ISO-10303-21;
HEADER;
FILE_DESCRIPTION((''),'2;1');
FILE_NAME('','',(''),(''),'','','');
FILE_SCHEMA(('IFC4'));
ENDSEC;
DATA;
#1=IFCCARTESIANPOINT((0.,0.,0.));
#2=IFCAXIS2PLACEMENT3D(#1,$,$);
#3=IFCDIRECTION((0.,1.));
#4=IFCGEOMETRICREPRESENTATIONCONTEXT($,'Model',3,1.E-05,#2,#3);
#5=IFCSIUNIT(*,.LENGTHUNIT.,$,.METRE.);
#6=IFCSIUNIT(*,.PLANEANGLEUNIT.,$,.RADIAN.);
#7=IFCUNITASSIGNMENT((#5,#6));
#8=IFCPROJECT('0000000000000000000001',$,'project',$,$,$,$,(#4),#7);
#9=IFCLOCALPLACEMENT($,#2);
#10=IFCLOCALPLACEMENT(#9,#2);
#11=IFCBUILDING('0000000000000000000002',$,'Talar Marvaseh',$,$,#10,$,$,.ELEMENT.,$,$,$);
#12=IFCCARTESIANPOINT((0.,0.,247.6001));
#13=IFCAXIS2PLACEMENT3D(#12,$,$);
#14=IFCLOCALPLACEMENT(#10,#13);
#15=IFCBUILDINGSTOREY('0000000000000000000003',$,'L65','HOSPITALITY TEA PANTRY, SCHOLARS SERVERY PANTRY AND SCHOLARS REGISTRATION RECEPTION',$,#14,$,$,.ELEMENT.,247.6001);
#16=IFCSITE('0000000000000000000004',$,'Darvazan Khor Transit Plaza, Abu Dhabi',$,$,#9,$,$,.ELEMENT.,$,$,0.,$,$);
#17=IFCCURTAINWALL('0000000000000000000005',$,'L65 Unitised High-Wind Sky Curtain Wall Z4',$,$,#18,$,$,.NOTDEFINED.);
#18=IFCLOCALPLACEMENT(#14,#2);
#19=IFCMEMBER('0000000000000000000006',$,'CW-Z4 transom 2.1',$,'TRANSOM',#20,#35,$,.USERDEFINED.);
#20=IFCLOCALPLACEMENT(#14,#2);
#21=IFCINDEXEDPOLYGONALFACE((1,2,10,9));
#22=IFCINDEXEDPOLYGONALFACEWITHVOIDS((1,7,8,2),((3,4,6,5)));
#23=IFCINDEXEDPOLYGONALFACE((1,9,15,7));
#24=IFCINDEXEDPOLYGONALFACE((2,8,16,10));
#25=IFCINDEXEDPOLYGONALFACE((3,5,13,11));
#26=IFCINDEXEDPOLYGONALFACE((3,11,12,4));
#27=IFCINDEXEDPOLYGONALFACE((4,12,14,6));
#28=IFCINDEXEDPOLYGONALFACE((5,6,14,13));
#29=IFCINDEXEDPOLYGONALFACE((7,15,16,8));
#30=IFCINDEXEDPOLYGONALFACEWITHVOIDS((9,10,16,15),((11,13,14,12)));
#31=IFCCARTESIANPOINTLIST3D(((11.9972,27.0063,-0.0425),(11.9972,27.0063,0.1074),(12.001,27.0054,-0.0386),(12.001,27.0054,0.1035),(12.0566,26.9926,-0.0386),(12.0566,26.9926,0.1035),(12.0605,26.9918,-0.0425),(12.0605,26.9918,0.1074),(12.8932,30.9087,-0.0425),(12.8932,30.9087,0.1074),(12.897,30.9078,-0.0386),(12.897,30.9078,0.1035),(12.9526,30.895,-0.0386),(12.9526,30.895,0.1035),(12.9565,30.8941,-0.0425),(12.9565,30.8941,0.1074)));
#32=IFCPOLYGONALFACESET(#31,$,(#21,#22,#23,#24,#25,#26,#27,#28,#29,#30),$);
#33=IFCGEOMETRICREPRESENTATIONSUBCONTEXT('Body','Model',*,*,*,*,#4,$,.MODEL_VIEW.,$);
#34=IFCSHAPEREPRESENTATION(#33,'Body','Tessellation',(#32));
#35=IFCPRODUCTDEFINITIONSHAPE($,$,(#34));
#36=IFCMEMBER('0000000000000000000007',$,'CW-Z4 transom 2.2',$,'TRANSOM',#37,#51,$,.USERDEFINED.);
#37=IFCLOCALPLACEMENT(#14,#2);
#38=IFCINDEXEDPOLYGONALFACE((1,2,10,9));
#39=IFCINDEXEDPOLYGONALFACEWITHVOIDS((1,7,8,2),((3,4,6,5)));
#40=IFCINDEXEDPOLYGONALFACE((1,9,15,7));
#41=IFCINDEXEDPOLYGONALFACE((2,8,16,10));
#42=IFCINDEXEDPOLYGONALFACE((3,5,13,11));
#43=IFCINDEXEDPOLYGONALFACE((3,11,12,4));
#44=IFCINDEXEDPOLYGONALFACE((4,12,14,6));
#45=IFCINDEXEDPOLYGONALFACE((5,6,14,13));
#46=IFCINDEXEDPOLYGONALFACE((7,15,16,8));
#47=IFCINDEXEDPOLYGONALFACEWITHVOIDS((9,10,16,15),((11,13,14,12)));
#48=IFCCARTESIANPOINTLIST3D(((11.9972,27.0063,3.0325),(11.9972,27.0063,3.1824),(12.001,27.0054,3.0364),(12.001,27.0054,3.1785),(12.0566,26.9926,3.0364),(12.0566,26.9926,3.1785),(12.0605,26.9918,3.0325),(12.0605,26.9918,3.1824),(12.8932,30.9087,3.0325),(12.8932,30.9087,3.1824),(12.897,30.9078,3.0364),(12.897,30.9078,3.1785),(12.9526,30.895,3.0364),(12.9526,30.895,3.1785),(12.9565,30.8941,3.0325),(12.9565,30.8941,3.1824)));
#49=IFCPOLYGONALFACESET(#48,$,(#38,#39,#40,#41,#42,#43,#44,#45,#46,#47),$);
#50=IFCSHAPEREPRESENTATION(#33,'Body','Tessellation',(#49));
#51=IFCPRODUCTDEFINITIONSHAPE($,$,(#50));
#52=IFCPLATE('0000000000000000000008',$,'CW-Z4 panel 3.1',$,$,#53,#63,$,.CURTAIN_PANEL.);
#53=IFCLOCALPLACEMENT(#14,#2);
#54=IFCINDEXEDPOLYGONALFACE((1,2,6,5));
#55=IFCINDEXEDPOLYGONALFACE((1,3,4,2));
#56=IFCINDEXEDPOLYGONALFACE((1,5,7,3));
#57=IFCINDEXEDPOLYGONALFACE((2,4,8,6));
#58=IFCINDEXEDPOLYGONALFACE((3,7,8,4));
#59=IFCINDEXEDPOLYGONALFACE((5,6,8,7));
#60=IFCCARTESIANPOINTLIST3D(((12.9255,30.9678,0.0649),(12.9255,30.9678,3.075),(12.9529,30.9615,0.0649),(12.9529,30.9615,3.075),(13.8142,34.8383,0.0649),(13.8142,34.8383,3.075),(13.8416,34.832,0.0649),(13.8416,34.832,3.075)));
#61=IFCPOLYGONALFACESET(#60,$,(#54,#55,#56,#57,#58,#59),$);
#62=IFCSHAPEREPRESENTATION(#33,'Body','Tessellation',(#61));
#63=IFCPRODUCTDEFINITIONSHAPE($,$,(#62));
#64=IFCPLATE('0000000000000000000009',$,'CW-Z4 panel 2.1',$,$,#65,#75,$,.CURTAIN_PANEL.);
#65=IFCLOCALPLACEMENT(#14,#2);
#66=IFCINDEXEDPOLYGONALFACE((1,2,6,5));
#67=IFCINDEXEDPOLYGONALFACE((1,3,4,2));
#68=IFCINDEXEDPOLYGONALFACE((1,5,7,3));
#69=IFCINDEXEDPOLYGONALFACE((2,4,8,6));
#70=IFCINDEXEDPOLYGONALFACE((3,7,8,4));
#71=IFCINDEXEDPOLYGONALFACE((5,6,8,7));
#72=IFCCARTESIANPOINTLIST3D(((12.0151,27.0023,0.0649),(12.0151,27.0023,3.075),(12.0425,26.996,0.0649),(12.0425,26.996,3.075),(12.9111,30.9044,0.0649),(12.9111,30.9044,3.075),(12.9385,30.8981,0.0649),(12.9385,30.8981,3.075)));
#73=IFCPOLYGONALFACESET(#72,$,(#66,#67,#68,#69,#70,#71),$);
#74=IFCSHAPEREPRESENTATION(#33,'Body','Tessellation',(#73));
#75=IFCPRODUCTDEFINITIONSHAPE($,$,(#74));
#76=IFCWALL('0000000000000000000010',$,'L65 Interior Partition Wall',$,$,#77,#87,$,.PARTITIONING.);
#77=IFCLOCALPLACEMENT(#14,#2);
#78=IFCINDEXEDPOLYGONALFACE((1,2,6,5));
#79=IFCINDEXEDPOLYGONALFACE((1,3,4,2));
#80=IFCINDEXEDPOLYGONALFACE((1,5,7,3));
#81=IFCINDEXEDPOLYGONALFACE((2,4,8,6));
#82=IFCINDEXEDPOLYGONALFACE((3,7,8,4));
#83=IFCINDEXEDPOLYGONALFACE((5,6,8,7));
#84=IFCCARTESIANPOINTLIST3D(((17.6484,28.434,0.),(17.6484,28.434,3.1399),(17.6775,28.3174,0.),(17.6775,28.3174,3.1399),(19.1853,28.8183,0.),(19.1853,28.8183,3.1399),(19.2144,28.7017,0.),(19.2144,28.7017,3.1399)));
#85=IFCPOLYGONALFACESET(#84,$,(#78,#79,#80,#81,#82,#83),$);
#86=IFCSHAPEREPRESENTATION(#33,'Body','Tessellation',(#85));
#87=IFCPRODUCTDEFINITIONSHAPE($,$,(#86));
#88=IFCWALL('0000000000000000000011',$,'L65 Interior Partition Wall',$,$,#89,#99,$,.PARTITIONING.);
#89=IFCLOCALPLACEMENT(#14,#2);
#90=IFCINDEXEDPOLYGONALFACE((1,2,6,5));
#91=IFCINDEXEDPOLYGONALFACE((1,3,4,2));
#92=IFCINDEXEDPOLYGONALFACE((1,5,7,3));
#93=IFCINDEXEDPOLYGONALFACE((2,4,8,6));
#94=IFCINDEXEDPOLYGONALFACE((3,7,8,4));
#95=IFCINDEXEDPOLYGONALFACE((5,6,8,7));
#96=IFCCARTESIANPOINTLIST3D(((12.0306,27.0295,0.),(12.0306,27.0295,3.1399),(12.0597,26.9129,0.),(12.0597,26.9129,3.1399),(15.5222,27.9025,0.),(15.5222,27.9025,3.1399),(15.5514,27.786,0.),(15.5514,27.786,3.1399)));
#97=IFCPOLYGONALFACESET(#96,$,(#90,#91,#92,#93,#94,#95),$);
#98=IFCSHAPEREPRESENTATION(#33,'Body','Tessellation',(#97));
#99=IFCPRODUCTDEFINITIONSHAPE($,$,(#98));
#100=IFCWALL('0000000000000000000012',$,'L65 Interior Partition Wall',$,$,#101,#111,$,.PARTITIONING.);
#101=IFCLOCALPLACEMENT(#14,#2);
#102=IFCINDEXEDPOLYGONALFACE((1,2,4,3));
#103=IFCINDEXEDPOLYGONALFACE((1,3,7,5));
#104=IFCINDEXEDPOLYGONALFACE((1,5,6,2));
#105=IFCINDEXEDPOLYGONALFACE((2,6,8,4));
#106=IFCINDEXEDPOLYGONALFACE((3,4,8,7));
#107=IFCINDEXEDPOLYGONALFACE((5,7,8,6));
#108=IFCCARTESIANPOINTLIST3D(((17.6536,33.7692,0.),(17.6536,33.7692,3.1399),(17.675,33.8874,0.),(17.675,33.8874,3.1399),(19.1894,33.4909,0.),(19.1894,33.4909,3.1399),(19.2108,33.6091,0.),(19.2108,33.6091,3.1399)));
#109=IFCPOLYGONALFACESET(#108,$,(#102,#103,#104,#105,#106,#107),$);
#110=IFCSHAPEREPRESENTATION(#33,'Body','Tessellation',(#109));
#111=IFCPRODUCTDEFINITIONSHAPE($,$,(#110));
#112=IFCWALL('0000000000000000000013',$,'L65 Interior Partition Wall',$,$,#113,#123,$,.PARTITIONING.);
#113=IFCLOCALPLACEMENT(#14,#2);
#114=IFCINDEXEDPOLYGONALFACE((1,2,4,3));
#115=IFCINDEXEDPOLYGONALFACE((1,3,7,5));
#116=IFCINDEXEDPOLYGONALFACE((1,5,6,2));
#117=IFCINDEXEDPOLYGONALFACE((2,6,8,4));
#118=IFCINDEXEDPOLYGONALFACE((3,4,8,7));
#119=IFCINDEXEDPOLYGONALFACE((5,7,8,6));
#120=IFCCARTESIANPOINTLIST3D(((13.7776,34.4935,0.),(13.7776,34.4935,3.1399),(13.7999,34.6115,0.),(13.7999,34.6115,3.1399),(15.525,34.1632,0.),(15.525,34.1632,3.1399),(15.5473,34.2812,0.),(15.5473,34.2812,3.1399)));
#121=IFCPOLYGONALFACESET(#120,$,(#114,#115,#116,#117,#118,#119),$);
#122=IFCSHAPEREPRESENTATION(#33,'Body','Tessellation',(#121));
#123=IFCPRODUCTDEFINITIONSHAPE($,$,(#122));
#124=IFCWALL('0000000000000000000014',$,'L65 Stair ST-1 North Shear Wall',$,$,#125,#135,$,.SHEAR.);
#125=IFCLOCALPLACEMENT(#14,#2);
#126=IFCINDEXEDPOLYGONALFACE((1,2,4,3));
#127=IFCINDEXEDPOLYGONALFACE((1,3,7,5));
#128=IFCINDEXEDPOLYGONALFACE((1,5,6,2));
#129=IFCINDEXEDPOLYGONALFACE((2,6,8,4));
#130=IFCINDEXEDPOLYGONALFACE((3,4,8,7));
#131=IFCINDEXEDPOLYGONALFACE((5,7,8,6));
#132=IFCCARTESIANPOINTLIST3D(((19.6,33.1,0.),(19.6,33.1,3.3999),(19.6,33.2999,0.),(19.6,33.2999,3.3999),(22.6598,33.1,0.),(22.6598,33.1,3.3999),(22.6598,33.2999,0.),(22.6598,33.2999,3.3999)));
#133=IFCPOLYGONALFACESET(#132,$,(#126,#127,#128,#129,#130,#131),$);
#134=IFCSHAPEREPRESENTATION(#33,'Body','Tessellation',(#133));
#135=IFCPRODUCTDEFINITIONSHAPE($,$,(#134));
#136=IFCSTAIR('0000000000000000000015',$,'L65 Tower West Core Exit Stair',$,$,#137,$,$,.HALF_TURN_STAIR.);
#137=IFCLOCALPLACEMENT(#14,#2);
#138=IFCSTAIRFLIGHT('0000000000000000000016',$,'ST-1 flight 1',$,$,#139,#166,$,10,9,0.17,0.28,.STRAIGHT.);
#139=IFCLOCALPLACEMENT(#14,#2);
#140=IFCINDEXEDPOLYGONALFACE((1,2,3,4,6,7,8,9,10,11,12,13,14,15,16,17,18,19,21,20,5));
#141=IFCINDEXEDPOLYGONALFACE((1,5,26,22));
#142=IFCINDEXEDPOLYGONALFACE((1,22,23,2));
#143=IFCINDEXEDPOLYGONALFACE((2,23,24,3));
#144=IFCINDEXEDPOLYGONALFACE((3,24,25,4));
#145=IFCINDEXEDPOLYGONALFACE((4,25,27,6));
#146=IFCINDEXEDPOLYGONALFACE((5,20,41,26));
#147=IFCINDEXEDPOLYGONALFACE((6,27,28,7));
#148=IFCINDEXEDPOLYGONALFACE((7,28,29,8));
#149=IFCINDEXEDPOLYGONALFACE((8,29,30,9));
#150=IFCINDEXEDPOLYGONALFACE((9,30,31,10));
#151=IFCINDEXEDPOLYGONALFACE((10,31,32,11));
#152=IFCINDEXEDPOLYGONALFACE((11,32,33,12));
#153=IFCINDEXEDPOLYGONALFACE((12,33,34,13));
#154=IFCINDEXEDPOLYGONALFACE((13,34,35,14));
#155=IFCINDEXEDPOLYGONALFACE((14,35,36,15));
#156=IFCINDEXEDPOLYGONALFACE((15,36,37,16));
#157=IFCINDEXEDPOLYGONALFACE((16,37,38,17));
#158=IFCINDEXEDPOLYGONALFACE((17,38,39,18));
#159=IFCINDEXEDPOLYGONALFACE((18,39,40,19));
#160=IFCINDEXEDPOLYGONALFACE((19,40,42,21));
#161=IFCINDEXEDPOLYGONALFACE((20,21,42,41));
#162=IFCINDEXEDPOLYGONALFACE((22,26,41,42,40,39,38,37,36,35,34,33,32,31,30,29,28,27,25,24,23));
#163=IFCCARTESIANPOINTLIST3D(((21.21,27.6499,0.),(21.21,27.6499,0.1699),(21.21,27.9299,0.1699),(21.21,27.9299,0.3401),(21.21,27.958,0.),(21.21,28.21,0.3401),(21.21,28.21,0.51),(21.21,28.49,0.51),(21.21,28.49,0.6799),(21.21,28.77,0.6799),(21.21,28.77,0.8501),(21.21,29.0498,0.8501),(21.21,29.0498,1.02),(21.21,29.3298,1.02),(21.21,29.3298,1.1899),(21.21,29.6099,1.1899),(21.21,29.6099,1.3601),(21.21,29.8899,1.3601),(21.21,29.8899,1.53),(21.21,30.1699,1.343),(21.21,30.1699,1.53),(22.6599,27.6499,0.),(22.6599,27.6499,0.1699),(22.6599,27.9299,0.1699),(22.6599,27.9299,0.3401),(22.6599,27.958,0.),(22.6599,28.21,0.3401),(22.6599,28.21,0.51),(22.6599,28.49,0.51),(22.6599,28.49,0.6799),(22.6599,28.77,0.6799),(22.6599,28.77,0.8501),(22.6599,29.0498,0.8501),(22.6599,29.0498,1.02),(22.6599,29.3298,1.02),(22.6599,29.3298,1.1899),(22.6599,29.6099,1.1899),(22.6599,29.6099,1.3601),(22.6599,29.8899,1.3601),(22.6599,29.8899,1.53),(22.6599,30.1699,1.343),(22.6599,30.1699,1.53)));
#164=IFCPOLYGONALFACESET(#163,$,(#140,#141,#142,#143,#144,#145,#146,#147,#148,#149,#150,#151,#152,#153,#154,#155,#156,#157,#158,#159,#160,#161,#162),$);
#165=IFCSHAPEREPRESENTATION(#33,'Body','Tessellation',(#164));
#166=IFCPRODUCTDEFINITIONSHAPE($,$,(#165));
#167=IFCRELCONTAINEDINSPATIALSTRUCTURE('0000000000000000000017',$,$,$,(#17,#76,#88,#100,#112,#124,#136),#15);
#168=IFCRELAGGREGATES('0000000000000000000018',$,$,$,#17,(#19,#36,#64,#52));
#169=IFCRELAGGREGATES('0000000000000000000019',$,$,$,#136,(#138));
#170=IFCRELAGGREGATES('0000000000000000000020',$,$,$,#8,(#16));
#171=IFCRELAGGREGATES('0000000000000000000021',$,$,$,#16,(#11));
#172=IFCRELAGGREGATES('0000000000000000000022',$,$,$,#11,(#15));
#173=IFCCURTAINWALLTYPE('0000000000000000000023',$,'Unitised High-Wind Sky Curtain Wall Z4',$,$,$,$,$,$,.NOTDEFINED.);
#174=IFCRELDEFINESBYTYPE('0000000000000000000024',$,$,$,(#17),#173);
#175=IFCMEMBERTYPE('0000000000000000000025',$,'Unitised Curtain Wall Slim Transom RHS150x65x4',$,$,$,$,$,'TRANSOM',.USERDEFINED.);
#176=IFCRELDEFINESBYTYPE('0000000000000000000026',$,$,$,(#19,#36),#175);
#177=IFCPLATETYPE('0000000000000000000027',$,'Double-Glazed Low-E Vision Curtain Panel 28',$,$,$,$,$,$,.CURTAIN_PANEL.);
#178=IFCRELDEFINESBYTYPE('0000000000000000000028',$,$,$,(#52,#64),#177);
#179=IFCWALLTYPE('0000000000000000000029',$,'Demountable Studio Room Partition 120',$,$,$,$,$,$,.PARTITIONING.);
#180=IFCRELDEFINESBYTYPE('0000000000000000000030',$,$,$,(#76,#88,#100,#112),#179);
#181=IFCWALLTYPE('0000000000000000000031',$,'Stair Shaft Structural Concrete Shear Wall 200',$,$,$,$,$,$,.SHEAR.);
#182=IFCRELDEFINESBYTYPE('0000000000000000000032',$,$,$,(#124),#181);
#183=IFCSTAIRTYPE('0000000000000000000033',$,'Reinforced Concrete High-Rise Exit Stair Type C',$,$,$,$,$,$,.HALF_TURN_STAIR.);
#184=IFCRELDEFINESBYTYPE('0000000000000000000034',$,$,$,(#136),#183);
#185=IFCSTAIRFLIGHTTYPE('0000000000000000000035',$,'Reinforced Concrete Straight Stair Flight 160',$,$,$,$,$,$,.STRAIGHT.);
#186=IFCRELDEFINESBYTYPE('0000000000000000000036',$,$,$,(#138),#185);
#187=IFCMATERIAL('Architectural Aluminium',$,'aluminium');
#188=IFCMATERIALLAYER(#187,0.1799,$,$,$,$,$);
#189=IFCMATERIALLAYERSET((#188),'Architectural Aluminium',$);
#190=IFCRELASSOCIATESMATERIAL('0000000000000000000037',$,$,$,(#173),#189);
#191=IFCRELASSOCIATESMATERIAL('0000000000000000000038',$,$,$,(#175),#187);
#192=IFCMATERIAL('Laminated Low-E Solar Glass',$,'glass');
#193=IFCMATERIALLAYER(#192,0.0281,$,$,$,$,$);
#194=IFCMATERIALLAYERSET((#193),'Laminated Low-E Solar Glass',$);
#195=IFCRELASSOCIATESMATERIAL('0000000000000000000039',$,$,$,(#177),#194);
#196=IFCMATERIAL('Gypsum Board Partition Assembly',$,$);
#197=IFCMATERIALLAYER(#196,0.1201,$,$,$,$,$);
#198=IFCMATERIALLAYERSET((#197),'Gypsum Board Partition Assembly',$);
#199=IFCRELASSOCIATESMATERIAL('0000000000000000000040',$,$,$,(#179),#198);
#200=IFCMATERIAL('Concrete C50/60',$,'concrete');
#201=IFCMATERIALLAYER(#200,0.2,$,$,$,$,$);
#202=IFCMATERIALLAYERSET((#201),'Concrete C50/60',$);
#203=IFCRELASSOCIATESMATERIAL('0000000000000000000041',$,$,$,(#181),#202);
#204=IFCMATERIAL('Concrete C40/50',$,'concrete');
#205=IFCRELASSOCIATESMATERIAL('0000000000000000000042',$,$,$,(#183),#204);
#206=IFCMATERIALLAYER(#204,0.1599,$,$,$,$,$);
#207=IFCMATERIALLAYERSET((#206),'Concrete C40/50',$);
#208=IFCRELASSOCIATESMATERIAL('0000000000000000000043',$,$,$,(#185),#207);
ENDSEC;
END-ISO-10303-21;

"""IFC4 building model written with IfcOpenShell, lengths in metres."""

from ifc_helpers import new_model, si_unit, direction, frame, frame_2d, origin, origin_2d, place, context, subcontext, project, spatial, polyline, rectangle, hollow_rectangle, outline, extrude, source, transform, mapped, material, layer, layer_set, material_profile, profile_set, type_object, type_shapes, element, aggregate, save


model = new_model("IFC4")

# Units and contexts
model_context = context("Model", 3, precision=1e-05, world=origin(), true_north=direction((0.0, 1.0)))
body_context = subcontext(model_context, "Body", "Model", "MODEL_VIEW")
ifc_project = project(units=[si_unit("LENGTHUNIT", "METRE"), si_unit("PLANEANGLEUNIT", "RADIAN")], contexts=[model_context])

# Site, building, storey
site_placement = place(None, origin())
site = spatial("IfcSite", under=ifc_project, at=site_placement, Name="Darvazan Khor Transit Plaza, Abu Dhabi", CompositionType="ELEMENT", RefElevation=0.0)
building_placement = place(site_placement, origin())
building = spatial("IfcBuilding", under=site, at=building_placement, Name="Talar Marvaseh", CompositionType="ELEMENT")
storey_placement = place(building_placement, frame((0.0, 0.0, 247.6001)))
storey = spatial("IfcBuildingStorey", under=building, at=storey_placement, Name="L65", Description="HOSPITALITY TEA PANTRY, SCHOLARS SERVERY PANTRY AND SCHOLARS REGISTRATION RECEPTION", CompositionType="ELEMENT", Elevation=247.6001)

# Shared definitions
ifc_material_1 = material(Name="Concrete C50/60", Category="concrete")

# Curtain wall, members, plates
ifc_material_2 = material(Name="Architectural Aluminium", Category="aluminium")
ifc_layer_1 = layer(ifc_material_2, 0.1799)
ifc_layer_set_1 = layer_set([ifc_layer_1], Name="Architectural Aluminium")
curtain_wall_type = type_object("IfcCurtainWallType", Name="Unitised High-Wind Sky Curtain Wall Z4", PredefinedType="NOTDEFINED", material=ifc_layer_set_1)
curtain_wall_placement = place(storey_placement, origin())
curtain_wall = element("IfcCurtainWall", 1, at=curtain_wall_placement, inside=storey, type_object=curtain_wall_type, Name="L65 Unitised High-Wind Sky Curtain Wall Z4", PredefinedType="NOTDEFINED")
ifc_material_profile_1 = material_profile(ifc_material_2, hollow_rectangle(XDim=0.0649, YDim=0.1499, WallThickness=0.0039, at=origin_2d()), Name="RHS150x65x4")
ifc_profile_set_1 = profile_set([ifc_material_profile_1], Name="Architectural Aluminium")
member_type_1 = type_object("IfcMemberType", Name="Unitised Curtain Wall Slim Transom RHS150x65x4", ElementType="TRANSOM", PredefinedType="USERDEFINED", material=ifc_profile_set_1)
shared_shape_1 = source(origin(), body_context, "Body", "SweptSolid", [
    extrude(hollow_rectangle(XDim=0.0649, YDim=0.1499, WallThickness=0.0039, at=origin_2d()), origin(), (0.0, 0.0, 1.0), 4.0039),
])
member_1_placement = place(storey_placement, frame((12.0288, 26.999, 0.0325), z_axis=(0.223782, 0.974639, 0.0), x_axis=(-0.974639, 0.223782, 0.0)))
member_1 = element("IfcMember", 2, at=member_1_placement, type_object=member_type_1, Name="CW-Z4 transom 2.1", ObjectType="TRANSOM", PredefinedType="USERDEFINED", context=body_context, shape_type="MappedRepresentation", body=[
    mapped(shared_shape_1, transform((0.0, 0.0, 0.0), x_axis=(1.0, 0.0, 0.0), y_axis=(0.0, 1.0, 0.0), z_axis=(0.0, 0.0, 1.0), scale=1.0)),
])
member_2_placement = place(storey_placement, frame((12.0288, 26.999, 3.1074), z_axis=(0.223782, 0.974639, 0.0), x_axis=(-0.974639, 0.223782, 0.0)))
member_2 = element("IfcMember", 3, at=member_2_placement, type_object=member_type_1, Name="CW-Z4 transom 2.2", ObjectType="TRANSOM", PredefinedType="USERDEFINED", context=body_context, shape_type="MappedRepresentation", body=[
    mapped(shared_shape_1, transform((0.0, 0.0, 0.0), x_axis=(1.0, 0.0, 0.0), y_axis=(0.0, 1.0, 0.0), z_axis=(0.0, 0.0, 1.0), scale=1.0)),
])
ifc_material_3 = material(Name="Laminated Low-E Solar Glass", Category="glass")
ifc_layer_2 = layer(ifc_material_3, 0.0281)
ifc_layer_set_2 = layer_set([ifc_layer_2], Name="Laminated Low-E Solar Glass")
plate_type = type_object("IfcPlateType", Name="Double-Glazed Low-E Vision Curtain Panel 28", PredefinedType="CURTAIN_PANEL", material=ifc_layer_set_2)
shared_shape_2 = source(origin(), body_context, "Body", "SweptSolid", [
    extrude(rectangle(XDim=3.9712, YDim=0.0281, at=origin_2d()), origin(), (0.0, 0.0, 1.0), 3.01),
])
plate_1_placement = place(storey_placement, frame((13.3835, 32.8999, 0.0649), z_axis=(0.0, 0.0, 1.0), x_axis=(0.223792, 0.974637, 0.0)))
plate_1 = element("IfcPlate", 4, at=plate_1_placement, type_object=plate_type, Name="CW-Z4 panel 3.1", PredefinedType="CURTAIN_PANEL", context=body_context, shape_type="MappedRepresentation", body=[
    mapped(shared_shape_2, transform((0.0, 0.0, 0.0), x_axis=(1.0, 0.0, 0.0), y_axis=(0.0, 1.0, 0.0), z_axis=(0.0, 0.0, 1.0), scale=1.0)),
])
shared_shape_3 = source(origin(), body_context, "Body", "SweptSolid", [
    extrude(rectangle(XDim=4.0037, YDim=0.0281, at=origin_2d()), origin(), (0.0, 0.0, 1.0), 3.01),
])
type_shapes(plate_type, [shared_shape_2, shared_shape_3])
plate_2_placement = place(storey_placement, frame((12.4768, 28.9502, 0.0649), z_axis=(0.0, 0.0, 1.0), x_axis=(0.223792, 0.974637, 0.0)))
plate_2 = element("IfcPlate", 5, at=plate_2_placement, type_object=plate_type, Name="CW-Z4 panel 2.1", PredefinedType="CURTAIN_PANEL", context=body_context, shape_type="MappedRepresentation", body=[
    mapped(shared_shape_3, transform((0.0, 0.0, 0.0), x_axis=(1.0, 0.0, 0.0), y_axis=(0.0, 1.0, 0.0), z_axis=(0.0, 0.0, 1.0), scale=1.0)),
])
aggregate(curtain_wall, [member_1, member_2, plate_2, plate_1])

# Walls
ifc_material_4 = material(Name="Gypsum Board Partition Assembly")
ifc_layer_3 = layer(ifc_material_4, 0.1201)
ifc_layer_set_3 = layer_set([ifc_layer_3], Name="Gypsum Board Partition Assembly")
wall_type_1 = type_object("IfcWallType", Name="Demountable Studio Room Partition 120", PredefinedType="PARTITIONING", material=ifc_layer_set_3)
wall_1_placement = place(storey_placement, frame((17.6631, 28.3757, 0.0), z_axis=(0.0, 0.0, 1.0), x_axis=(0.970133, 0.242572, 0.0)))
element("IfcWall", 6, at=wall_1_placement, inside=storey, type_object=wall_type_1, Name="L65 Interior Partition Wall", PredefinedType="PARTITIONING", context=body_context, shape_type="SweptSolid", body=[
    extrude(rectangle(XDim=1.5842, YDim=0.1201, at=frame_2d((0.792, 0.0))), origin(), (0.0, 0.0, 1.0), 3.1399),
])
wall_2_placement = place(storey_placement, frame((12.0452, 26.9712, 0.0), z_axis=(0.0, 0.0, 1.0), x_axis=(0.970135, 0.242568, 0.0)))
element("IfcWall", 7, at=wall_2_placement, inside=storey, type_object=wall_type_1, Name="L65 Interior Partition Wall", PredefinedType="PARTITIONING", context=body_context, shape_type="SweptSolid", body=[
    extrude(rectangle(XDim=3.5991, YDim=0.1201, at=frame_2d((1.7996, 0.0))), origin(), (0.0, 0.0, 1.0), 3.1399),
])
wall_3_placement = place(storey_placement, frame((19.2, 33.55, 0.0), z_axis=(0.0, 0.0, 1.0), x_axis=(-0.983975, 0.178307, 0.0)))
element("IfcWall", 8, at=wall_3_placement, inside=storey, type_object=wall_type_1, Name="L65 Interior Partition Wall", PredefinedType="PARTITIONING", context=body_context, shape_type="SweptSolid", body=[
    extrude(rectangle(XDim=1.5608, YDim=0.1201, at=frame_2d((0.7803, 0.0))), origin(), (0.0, 0.0, 1.0), 3.1399),
])
wall_4_placement = place(storey_placement, frame((15.5361, 34.2222, 0.0), z_axis=(0.0, 0.0, 1.0), x_axis=(-0.982596, 0.185756, 0.0)))
element("IfcWall", 9, at=wall_4_placement, inside=storey, type_object=wall_type_1, Name="L65 Interior Partition Wall", PredefinedType="PARTITIONING", context=body_context, shape_type="SweptSolid", body=[
    extrude(rectangle(XDim=1.7783, YDim=0.1201, at=frame_2d((0.8892, 0.0))), origin(), (0.0, 0.0, 1.0), 3.1399),
])
ifc_layer_4 = layer(ifc_material_1, 0.2)
ifc_layer_set_4 = layer_set([ifc_layer_4], Name="Concrete C50/60")
wall_type_2 = type_object("IfcWallType", Name="Stair Shaft Structural Concrete Shear Wall 200", PredefinedType="SHEAR", material=ifc_layer_set_4)
wall_5_placement = place(storey_placement, frame((19.6001, 33.2, 0.0), z_axis=(0.0, 0.0, 1.0), x_axis=(1.0, 0.0, 0.0)))
element("IfcWall", 10, at=wall_5_placement, inside=storey, type_object=wall_type_2, Name="L65 Stair ST-1 North Shear Wall", PredefinedType="SHEAR", context=body_context, shape_type="SweptSolid", body=[
    extrude(rectangle(XDim=3.0598, YDim=0.2, at=frame_2d((1.5298, 0.0))), origin(), (0.0, 0.0, 1.0), 3.3999),
])

# Stair, stair flight
ifc_material_5 = material(Name="Concrete C40/50", Category="concrete")
stair_type = type_object("IfcStairType", Name="Reinforced Concrete High-Rise Exit Stair Type C", PredefinedType="HALF_TURN_STAIR", material=ifc_material_5)
stair_placement = place(storey_placement, origin())
stair = element("IfcStair", 11, at=stair_placement, inside=storey, type_object=stair_type, Name="L65 Tower West Core Exit Stair", PredefinedType="HALF_TURN_STAIR")
ifc_layer_5 = layer(ifc_material_5, 0.1599)
ifc_layer_set_5 = layer_set([ifc_layer_5], Name="Concrete C40/50")
stair_flight_type = type_object("IfcStairFlightType", Name="Reinforced Concrete Straight Stair Flight 160", PredefinedType="STRAIGHT", material=ifc_layer_set_5)
stair_flight_1_placement = place(storey_placement, frame((21.9351, 27.6499, 0.0), z_axis=(0.0, 0.0, 1.0), x_axis=(0.0, 1.0, 0.0)))
stair_flight_1 = element("IfcStairFlight", 12, at=stair_flight_1_placement, type_object=stair_flight_type, Name="ST-1 flight 1", NumberOfRisers=10, NumberOfTreads=9, PredefinedType="STRAIGHT", RiserHeight=0.17, TreadLength=0.28, context=body_context, shape_type="SweptSolid", body=[
    extrude(outline(polyline([(0.0, 0.0), (0.0, 0.1699), (0.28, 0.1699), (0.28, 0.3401), (0.5601, 0.3401), (0.5601, 0.51), (0.8401, 0.51), (0.8401, 0.6799), (1.1201, 0.6799), (1.1201, 0.8501), (1.3999, 0.8501), (1.3999, 1.02), (1.6799, 1.02), (1.6799, 1.1899), (1.96, 1.1899), (1.96, 1.3601), (2.24, 1.3601), (2.24, 1.53), (2.52, 1.53), (2.52, 1.7), (2.52, 1.343), (0.3081, 0.0), (0.0, 0.0)])), frame((0.0, 0.7251, 0.0), z_axis=(0.0, -1.0, 0.0), x_axis=(1.0, 0.0, 0.0)), (0.0, 0.0, 1.0), 1.45),
])
aggregate(stair, [stair_flight_1])

save(model, "model.ifc")
